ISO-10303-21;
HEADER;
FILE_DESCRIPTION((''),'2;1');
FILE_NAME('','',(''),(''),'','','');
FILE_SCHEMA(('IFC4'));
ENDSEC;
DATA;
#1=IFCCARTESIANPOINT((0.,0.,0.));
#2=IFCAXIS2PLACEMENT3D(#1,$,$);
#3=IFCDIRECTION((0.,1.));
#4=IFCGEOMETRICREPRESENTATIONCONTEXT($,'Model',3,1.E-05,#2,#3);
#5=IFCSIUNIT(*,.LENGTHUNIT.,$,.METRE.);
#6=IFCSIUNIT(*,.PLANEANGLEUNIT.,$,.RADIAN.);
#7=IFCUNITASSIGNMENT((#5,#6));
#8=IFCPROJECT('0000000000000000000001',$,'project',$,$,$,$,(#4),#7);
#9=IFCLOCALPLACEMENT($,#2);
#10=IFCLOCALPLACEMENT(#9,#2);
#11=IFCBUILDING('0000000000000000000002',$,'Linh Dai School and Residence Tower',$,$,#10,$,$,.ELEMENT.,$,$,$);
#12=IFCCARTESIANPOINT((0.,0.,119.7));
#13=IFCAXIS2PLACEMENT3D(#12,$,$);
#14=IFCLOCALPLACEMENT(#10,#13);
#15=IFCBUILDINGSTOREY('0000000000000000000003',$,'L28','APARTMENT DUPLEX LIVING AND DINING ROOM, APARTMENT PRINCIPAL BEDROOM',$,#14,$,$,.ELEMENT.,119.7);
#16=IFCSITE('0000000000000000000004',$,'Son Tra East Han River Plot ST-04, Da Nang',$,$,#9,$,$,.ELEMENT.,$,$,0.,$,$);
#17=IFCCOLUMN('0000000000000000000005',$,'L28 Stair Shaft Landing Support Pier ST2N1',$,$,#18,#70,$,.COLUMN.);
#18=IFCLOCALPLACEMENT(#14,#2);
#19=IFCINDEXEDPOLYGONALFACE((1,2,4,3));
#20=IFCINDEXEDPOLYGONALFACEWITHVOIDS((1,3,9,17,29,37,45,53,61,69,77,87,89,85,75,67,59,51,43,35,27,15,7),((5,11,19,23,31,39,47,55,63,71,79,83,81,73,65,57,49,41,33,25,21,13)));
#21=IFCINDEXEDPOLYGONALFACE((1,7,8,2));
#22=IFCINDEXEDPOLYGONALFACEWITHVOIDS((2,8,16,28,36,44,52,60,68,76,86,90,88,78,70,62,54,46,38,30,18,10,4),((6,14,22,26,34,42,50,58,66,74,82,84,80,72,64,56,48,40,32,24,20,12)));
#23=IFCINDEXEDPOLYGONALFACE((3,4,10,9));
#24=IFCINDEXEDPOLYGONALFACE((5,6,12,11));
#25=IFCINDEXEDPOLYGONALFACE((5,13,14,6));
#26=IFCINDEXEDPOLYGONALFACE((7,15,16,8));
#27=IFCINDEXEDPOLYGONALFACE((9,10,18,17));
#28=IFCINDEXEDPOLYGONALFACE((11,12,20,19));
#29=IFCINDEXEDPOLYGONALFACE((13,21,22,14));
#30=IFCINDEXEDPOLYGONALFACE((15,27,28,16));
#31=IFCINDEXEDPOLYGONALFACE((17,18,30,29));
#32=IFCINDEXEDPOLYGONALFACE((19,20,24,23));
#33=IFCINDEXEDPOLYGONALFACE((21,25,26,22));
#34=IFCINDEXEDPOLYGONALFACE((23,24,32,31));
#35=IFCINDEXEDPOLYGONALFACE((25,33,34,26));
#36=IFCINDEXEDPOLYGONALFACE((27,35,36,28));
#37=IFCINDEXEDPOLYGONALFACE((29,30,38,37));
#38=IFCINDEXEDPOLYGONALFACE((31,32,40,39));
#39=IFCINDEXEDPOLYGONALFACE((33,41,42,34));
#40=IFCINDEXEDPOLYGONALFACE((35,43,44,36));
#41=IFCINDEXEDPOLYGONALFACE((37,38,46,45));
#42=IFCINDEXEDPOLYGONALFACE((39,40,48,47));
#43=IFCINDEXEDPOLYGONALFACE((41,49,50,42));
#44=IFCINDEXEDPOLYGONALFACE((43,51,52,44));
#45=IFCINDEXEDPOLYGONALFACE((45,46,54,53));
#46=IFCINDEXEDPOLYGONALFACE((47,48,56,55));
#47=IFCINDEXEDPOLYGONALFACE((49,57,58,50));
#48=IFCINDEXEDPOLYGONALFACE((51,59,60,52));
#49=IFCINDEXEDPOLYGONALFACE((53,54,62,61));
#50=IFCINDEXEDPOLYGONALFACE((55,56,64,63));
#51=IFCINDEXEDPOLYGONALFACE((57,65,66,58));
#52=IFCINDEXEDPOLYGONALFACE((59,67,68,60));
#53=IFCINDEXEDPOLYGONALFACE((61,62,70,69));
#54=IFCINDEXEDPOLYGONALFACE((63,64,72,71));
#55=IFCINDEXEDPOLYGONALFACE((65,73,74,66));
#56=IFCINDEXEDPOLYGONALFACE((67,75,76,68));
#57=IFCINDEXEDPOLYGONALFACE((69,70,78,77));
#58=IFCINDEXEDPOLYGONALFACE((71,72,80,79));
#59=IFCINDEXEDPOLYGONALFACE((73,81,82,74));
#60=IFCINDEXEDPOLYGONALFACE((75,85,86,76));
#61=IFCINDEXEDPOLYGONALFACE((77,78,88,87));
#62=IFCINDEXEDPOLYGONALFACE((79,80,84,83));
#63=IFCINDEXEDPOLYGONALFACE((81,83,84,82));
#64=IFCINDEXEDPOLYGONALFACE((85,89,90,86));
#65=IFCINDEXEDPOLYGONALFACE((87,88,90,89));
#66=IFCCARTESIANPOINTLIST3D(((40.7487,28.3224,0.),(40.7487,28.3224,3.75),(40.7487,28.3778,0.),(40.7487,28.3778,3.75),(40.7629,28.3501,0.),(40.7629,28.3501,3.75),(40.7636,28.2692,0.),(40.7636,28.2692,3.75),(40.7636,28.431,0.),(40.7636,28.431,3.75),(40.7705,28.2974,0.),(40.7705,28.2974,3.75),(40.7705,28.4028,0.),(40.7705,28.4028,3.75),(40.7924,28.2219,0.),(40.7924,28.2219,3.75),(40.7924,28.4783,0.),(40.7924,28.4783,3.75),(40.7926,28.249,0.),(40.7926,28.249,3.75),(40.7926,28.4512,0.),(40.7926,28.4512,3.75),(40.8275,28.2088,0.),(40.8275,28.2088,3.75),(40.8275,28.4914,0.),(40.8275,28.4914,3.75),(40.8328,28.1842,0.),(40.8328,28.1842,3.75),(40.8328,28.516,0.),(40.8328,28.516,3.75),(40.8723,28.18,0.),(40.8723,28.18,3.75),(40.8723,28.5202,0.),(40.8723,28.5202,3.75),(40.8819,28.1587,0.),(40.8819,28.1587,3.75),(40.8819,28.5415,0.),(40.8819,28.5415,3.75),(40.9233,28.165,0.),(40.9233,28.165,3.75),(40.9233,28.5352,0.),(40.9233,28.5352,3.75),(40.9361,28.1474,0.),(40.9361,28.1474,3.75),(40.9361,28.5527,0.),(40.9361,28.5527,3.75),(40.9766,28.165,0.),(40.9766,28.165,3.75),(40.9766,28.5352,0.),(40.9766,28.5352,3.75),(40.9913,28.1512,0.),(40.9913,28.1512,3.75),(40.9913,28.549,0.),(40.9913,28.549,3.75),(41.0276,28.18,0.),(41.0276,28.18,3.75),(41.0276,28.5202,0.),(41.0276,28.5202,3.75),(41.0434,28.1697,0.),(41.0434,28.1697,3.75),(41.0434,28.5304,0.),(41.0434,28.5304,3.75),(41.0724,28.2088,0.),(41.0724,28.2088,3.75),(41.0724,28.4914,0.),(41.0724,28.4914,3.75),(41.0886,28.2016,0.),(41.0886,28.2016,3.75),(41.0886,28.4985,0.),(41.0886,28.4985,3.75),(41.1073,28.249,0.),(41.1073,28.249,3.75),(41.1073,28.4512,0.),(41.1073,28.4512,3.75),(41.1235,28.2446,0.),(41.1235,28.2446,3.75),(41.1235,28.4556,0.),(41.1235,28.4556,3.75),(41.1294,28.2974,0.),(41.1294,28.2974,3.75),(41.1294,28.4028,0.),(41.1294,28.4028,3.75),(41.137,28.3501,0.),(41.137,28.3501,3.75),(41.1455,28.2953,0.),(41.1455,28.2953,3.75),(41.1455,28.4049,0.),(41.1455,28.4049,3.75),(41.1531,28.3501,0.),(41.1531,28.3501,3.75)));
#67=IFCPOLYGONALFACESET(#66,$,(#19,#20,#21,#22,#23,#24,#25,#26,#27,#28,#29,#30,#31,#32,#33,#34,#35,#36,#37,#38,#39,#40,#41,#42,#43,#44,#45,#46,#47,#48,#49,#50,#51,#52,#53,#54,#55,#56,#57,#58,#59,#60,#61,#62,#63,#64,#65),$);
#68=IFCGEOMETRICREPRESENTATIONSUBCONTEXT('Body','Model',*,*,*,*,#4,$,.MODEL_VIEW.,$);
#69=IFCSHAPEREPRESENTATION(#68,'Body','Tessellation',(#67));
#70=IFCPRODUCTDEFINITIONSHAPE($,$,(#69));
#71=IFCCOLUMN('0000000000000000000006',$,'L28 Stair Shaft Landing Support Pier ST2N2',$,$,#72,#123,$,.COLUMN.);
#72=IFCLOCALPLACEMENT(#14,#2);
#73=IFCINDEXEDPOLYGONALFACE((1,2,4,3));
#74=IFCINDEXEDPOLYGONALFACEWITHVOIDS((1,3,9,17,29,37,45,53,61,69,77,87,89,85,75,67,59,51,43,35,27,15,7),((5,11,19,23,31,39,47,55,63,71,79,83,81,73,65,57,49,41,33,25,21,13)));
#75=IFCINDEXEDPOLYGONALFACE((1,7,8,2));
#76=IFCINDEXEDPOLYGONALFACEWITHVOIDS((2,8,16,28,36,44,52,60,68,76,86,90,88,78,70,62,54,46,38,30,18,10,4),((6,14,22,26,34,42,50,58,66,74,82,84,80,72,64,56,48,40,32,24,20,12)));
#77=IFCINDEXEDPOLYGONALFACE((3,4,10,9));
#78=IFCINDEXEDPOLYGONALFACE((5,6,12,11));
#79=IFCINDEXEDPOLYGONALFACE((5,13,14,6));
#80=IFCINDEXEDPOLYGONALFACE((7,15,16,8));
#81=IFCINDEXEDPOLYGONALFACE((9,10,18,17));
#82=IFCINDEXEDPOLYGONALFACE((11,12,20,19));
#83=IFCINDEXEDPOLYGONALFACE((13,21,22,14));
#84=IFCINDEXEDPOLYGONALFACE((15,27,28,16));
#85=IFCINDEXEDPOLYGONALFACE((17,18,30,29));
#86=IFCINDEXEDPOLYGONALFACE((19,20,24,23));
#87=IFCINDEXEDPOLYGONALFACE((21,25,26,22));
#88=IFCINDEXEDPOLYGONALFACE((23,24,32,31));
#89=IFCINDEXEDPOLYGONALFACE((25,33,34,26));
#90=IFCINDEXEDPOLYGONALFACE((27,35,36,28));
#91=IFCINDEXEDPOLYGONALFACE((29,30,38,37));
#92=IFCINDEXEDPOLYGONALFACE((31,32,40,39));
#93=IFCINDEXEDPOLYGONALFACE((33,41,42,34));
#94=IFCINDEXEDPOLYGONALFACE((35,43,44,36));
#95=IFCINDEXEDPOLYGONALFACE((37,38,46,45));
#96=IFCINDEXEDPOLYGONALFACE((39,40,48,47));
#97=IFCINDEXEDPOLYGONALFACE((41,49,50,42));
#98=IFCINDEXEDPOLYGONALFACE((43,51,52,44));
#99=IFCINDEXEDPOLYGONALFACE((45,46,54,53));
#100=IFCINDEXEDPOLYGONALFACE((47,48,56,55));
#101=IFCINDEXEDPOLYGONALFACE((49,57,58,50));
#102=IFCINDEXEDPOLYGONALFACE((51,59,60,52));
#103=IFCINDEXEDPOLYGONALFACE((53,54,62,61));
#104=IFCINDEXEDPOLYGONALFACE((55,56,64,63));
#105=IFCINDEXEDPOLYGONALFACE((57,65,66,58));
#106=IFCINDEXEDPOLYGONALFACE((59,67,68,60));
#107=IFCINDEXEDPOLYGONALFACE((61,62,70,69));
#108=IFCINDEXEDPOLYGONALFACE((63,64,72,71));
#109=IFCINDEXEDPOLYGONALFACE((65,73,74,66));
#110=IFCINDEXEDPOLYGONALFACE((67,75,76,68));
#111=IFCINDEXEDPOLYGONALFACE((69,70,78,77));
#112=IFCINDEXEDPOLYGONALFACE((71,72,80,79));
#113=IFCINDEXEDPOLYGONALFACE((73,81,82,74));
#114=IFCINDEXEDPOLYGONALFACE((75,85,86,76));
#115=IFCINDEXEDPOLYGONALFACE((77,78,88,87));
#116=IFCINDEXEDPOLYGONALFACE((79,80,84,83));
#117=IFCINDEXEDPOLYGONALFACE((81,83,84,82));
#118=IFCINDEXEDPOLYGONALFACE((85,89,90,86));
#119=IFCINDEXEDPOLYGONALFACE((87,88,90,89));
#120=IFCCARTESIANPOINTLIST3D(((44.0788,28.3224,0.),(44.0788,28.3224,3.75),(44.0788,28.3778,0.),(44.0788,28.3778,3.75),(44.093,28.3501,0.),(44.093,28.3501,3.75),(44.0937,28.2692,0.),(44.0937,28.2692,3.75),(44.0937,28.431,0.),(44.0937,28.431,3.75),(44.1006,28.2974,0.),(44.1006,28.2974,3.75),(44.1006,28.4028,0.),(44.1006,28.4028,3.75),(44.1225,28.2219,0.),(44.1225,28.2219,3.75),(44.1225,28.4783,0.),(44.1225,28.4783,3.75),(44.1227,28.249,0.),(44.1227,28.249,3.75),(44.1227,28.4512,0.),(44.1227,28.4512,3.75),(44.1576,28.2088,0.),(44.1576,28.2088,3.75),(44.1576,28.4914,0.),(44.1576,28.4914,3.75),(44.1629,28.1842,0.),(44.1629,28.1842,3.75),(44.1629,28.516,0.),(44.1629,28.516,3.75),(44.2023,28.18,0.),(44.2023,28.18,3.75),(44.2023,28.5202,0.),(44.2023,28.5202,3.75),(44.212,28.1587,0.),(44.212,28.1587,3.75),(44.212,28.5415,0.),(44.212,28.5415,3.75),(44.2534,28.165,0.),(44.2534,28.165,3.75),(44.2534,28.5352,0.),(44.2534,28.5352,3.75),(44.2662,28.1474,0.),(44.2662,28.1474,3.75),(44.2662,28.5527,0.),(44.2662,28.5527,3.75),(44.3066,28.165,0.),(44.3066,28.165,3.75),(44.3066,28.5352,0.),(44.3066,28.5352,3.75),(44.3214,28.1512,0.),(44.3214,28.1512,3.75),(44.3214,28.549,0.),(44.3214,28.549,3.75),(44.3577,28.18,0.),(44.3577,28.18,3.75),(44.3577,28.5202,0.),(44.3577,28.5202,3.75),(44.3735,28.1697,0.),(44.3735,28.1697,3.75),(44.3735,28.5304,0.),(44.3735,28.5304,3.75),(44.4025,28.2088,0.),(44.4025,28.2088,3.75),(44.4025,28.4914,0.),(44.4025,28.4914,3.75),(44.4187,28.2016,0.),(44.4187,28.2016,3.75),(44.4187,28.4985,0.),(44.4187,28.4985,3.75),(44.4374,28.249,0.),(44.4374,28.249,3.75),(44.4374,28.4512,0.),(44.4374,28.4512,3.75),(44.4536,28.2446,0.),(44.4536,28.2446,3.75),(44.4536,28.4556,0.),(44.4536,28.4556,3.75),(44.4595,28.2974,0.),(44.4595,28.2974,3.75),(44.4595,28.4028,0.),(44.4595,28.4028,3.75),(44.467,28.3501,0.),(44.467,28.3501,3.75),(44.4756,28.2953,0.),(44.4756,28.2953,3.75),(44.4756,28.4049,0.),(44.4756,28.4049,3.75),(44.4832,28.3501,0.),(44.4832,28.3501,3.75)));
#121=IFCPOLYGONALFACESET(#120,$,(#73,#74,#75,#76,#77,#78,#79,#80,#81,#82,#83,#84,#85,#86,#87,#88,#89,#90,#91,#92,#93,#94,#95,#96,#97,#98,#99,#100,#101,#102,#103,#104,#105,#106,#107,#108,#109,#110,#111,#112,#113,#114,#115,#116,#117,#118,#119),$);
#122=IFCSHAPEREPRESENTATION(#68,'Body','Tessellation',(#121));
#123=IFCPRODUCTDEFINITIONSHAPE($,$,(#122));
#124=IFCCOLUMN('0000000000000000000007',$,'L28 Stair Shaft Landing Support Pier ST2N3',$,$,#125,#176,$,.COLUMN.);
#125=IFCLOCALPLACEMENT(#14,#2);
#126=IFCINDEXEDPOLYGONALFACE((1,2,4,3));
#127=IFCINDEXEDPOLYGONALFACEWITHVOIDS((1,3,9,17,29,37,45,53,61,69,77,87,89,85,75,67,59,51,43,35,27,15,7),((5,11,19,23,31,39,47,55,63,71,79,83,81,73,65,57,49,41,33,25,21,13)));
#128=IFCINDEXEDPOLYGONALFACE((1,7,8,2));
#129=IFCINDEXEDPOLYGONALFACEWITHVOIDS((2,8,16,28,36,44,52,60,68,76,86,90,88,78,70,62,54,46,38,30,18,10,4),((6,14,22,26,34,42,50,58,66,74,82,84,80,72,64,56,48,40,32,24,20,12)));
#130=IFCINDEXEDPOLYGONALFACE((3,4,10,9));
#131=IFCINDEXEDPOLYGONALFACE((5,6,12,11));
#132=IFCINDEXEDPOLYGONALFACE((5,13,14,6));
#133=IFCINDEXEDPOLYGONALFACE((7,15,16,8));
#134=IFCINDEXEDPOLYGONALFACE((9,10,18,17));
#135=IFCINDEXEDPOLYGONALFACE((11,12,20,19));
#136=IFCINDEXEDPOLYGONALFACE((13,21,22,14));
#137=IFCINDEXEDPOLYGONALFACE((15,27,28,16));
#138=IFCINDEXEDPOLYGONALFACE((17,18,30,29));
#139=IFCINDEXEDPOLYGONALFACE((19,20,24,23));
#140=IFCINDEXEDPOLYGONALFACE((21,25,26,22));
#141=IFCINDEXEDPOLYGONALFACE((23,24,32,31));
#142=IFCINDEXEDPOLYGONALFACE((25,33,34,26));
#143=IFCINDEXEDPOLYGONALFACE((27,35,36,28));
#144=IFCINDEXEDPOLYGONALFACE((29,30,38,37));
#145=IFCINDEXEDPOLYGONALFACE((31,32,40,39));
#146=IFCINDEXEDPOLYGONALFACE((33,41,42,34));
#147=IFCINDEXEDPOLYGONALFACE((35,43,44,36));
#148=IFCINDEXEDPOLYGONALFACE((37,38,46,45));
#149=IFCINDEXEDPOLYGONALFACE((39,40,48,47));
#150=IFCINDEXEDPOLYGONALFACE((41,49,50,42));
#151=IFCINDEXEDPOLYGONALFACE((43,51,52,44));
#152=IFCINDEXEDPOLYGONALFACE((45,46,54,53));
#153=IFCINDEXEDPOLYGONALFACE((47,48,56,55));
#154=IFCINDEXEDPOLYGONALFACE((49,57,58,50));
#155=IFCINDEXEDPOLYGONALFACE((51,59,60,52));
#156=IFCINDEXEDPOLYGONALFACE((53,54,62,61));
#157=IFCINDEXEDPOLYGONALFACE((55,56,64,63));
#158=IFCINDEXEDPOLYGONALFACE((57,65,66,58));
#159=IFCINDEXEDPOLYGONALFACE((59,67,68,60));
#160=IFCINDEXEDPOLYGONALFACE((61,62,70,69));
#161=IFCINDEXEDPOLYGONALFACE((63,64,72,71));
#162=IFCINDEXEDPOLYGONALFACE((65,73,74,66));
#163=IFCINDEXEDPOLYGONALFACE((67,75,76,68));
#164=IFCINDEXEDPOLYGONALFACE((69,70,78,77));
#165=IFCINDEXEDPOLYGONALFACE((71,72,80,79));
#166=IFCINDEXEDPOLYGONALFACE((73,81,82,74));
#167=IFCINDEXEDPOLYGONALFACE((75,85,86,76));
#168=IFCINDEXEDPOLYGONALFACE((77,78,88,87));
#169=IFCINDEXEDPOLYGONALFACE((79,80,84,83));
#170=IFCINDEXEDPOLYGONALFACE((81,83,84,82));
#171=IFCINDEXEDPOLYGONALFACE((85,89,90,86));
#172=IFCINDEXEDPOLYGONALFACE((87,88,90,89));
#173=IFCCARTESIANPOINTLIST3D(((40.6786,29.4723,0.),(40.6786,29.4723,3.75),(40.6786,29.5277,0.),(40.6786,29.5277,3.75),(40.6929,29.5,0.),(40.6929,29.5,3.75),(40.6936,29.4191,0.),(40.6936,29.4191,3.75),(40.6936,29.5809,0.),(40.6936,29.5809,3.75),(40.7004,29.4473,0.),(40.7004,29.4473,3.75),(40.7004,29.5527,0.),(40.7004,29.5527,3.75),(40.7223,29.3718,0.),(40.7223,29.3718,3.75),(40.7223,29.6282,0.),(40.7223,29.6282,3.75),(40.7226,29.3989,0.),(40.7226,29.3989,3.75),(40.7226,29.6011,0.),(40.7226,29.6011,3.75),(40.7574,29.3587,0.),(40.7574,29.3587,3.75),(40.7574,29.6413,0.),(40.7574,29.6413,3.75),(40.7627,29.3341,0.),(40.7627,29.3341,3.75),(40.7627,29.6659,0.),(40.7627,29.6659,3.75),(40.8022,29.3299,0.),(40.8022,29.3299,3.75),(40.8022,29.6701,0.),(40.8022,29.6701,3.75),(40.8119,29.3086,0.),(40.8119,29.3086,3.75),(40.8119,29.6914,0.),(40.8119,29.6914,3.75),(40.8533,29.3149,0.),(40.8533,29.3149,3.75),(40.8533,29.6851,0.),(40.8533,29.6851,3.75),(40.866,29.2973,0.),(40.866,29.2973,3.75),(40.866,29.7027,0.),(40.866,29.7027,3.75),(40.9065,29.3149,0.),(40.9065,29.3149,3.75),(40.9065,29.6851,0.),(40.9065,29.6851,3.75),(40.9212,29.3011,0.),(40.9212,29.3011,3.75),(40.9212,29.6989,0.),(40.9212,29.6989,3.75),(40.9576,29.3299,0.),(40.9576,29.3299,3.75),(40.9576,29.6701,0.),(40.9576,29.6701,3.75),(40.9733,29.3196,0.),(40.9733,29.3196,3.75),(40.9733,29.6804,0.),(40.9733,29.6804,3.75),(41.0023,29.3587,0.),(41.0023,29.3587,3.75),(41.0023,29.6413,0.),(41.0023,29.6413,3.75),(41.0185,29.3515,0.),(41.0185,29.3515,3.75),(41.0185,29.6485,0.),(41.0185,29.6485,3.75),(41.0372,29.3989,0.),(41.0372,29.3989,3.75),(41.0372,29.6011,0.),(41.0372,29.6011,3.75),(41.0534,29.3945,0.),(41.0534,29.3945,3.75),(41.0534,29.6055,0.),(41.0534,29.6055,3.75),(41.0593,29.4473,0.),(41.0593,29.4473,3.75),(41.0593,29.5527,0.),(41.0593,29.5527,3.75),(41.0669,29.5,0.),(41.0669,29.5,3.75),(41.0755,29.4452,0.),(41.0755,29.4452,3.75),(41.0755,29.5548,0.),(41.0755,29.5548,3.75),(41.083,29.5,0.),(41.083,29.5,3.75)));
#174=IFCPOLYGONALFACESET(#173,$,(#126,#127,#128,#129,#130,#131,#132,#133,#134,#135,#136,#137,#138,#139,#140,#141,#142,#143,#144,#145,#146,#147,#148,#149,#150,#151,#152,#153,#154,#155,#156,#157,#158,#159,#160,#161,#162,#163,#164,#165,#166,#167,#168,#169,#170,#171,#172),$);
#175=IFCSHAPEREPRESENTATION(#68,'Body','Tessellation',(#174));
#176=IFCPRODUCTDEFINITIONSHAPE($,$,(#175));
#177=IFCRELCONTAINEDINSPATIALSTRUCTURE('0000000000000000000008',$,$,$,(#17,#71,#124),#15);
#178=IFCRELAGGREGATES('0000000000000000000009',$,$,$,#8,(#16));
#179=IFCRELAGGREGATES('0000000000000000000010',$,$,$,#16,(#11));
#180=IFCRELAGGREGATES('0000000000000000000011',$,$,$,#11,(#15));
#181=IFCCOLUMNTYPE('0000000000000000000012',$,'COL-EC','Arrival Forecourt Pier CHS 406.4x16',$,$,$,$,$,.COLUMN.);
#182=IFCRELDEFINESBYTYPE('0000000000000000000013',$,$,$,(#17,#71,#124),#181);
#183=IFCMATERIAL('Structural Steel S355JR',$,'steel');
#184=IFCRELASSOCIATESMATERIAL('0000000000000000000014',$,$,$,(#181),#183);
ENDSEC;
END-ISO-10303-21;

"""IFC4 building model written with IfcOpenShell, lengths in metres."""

from ifc_helpers import new_model, si_unit, direction, frame, origin, origin_2d, place, context, subcontext, project, spatial, hollow_circle, extrude, material, material_profile, profile_set, type_object, element, save


model = new_model("IFC4")

# Units and contexts
model_context = context("Model", 3, precision=1e-05, world=origin(), true_north=direction((0.0, 1.0)))
body_context = subcontext(model_context, "Body", "Model", "MODEL_VIEW")
ifc_project = project(units=[si_unit("LENGTHUNIT", "METRE"), si_unit("PLANEANGLEUNIT", "RADIAN")], contexts=[model_context])

# Site, building, storey
site_placement = place(None, origin())
site = spatial("IfcSite", under=ifc_project, at=site_placement, Name="Son Tra East Han River Plot ST-04, Da Nang", CompositionType="ELEMENT", RefElevation=0.0)
building_placement = place(site_placement, origin())
building = spatial("IfcBuilding", under=site, at=building_placement, Name="Linh Dai School and Residence Tower", CompositionType="ELEMENT")
storey_placement = place(building_placement, frame((0.0, 0.0, 119.7)))
storey = spatial("IfcBuildingStorey", under=building, at=storey_placement, Name="L28", Description="APARTMENT DUPLEX LIVING AND DINING ROOM, APARTMENT PRINCIPAL BEDROOM", CompositionType="ELEMENT", Elevation=119.7)

# Columns
ifc_material_1 = material(Name="Structural Steel S355JR", Category="steel")
ifc_material_profile_1 = material_profile(ifc_material_1, hollow_circle(Radius=0.2031, WallThickness=0.0161, at=origin_2d()), Name="CHS 406.4x16")
ifc_profile_set_1 = profile_set([ifc_material_profile_1], Name="Structural Steel S355JR")
column_type_1 = type_object("IfcColumnType", Name="COL-EC", Description="Arrival Forecourt Pier CHS 406.4x16", PredefinedType="COLUMN", material=ifc_profile_set_1)
for number, where, z_axis, x_axis, name in (
    (1, (40.95, 28.3501, 0.0), (0.0, 0.0, 1.0), (1.0, 0.0, 0.0), "L28 Stair Shaft Landing Support Pier ST2N1"),
    (2, (44.28, 28.3501, 0.0), (0.0, 0.0, 1.0), (1.0, 0.0, 0.0), "L28 Stair Shaft Landing Support Pier ST2N2"),
    (3, (40.8799, 29.5, 0.0), (0.0, 0.0, 1.0), (1.0, 0.0, 0.0), "L28 Stair Shaft Landing Support Pier ST2N3"),
):
    element("IfcColumn", number, at=place(storey_placement, frame(where, z_axis=z_axis, x_axis=x_axis)), inside=storey, type_object=column_type_1, Name=name, PredefinedType="COLUMN", context=body_context, shape_type="SweptSolid", body=[
        extrude(hollow_circle(Radius=0.2031, WallThickness=0.0161, at=origin_2d()), origin(), (0.0, 0.0, 1.0), 3.75),
    ])

save(model, "model.ifc")
